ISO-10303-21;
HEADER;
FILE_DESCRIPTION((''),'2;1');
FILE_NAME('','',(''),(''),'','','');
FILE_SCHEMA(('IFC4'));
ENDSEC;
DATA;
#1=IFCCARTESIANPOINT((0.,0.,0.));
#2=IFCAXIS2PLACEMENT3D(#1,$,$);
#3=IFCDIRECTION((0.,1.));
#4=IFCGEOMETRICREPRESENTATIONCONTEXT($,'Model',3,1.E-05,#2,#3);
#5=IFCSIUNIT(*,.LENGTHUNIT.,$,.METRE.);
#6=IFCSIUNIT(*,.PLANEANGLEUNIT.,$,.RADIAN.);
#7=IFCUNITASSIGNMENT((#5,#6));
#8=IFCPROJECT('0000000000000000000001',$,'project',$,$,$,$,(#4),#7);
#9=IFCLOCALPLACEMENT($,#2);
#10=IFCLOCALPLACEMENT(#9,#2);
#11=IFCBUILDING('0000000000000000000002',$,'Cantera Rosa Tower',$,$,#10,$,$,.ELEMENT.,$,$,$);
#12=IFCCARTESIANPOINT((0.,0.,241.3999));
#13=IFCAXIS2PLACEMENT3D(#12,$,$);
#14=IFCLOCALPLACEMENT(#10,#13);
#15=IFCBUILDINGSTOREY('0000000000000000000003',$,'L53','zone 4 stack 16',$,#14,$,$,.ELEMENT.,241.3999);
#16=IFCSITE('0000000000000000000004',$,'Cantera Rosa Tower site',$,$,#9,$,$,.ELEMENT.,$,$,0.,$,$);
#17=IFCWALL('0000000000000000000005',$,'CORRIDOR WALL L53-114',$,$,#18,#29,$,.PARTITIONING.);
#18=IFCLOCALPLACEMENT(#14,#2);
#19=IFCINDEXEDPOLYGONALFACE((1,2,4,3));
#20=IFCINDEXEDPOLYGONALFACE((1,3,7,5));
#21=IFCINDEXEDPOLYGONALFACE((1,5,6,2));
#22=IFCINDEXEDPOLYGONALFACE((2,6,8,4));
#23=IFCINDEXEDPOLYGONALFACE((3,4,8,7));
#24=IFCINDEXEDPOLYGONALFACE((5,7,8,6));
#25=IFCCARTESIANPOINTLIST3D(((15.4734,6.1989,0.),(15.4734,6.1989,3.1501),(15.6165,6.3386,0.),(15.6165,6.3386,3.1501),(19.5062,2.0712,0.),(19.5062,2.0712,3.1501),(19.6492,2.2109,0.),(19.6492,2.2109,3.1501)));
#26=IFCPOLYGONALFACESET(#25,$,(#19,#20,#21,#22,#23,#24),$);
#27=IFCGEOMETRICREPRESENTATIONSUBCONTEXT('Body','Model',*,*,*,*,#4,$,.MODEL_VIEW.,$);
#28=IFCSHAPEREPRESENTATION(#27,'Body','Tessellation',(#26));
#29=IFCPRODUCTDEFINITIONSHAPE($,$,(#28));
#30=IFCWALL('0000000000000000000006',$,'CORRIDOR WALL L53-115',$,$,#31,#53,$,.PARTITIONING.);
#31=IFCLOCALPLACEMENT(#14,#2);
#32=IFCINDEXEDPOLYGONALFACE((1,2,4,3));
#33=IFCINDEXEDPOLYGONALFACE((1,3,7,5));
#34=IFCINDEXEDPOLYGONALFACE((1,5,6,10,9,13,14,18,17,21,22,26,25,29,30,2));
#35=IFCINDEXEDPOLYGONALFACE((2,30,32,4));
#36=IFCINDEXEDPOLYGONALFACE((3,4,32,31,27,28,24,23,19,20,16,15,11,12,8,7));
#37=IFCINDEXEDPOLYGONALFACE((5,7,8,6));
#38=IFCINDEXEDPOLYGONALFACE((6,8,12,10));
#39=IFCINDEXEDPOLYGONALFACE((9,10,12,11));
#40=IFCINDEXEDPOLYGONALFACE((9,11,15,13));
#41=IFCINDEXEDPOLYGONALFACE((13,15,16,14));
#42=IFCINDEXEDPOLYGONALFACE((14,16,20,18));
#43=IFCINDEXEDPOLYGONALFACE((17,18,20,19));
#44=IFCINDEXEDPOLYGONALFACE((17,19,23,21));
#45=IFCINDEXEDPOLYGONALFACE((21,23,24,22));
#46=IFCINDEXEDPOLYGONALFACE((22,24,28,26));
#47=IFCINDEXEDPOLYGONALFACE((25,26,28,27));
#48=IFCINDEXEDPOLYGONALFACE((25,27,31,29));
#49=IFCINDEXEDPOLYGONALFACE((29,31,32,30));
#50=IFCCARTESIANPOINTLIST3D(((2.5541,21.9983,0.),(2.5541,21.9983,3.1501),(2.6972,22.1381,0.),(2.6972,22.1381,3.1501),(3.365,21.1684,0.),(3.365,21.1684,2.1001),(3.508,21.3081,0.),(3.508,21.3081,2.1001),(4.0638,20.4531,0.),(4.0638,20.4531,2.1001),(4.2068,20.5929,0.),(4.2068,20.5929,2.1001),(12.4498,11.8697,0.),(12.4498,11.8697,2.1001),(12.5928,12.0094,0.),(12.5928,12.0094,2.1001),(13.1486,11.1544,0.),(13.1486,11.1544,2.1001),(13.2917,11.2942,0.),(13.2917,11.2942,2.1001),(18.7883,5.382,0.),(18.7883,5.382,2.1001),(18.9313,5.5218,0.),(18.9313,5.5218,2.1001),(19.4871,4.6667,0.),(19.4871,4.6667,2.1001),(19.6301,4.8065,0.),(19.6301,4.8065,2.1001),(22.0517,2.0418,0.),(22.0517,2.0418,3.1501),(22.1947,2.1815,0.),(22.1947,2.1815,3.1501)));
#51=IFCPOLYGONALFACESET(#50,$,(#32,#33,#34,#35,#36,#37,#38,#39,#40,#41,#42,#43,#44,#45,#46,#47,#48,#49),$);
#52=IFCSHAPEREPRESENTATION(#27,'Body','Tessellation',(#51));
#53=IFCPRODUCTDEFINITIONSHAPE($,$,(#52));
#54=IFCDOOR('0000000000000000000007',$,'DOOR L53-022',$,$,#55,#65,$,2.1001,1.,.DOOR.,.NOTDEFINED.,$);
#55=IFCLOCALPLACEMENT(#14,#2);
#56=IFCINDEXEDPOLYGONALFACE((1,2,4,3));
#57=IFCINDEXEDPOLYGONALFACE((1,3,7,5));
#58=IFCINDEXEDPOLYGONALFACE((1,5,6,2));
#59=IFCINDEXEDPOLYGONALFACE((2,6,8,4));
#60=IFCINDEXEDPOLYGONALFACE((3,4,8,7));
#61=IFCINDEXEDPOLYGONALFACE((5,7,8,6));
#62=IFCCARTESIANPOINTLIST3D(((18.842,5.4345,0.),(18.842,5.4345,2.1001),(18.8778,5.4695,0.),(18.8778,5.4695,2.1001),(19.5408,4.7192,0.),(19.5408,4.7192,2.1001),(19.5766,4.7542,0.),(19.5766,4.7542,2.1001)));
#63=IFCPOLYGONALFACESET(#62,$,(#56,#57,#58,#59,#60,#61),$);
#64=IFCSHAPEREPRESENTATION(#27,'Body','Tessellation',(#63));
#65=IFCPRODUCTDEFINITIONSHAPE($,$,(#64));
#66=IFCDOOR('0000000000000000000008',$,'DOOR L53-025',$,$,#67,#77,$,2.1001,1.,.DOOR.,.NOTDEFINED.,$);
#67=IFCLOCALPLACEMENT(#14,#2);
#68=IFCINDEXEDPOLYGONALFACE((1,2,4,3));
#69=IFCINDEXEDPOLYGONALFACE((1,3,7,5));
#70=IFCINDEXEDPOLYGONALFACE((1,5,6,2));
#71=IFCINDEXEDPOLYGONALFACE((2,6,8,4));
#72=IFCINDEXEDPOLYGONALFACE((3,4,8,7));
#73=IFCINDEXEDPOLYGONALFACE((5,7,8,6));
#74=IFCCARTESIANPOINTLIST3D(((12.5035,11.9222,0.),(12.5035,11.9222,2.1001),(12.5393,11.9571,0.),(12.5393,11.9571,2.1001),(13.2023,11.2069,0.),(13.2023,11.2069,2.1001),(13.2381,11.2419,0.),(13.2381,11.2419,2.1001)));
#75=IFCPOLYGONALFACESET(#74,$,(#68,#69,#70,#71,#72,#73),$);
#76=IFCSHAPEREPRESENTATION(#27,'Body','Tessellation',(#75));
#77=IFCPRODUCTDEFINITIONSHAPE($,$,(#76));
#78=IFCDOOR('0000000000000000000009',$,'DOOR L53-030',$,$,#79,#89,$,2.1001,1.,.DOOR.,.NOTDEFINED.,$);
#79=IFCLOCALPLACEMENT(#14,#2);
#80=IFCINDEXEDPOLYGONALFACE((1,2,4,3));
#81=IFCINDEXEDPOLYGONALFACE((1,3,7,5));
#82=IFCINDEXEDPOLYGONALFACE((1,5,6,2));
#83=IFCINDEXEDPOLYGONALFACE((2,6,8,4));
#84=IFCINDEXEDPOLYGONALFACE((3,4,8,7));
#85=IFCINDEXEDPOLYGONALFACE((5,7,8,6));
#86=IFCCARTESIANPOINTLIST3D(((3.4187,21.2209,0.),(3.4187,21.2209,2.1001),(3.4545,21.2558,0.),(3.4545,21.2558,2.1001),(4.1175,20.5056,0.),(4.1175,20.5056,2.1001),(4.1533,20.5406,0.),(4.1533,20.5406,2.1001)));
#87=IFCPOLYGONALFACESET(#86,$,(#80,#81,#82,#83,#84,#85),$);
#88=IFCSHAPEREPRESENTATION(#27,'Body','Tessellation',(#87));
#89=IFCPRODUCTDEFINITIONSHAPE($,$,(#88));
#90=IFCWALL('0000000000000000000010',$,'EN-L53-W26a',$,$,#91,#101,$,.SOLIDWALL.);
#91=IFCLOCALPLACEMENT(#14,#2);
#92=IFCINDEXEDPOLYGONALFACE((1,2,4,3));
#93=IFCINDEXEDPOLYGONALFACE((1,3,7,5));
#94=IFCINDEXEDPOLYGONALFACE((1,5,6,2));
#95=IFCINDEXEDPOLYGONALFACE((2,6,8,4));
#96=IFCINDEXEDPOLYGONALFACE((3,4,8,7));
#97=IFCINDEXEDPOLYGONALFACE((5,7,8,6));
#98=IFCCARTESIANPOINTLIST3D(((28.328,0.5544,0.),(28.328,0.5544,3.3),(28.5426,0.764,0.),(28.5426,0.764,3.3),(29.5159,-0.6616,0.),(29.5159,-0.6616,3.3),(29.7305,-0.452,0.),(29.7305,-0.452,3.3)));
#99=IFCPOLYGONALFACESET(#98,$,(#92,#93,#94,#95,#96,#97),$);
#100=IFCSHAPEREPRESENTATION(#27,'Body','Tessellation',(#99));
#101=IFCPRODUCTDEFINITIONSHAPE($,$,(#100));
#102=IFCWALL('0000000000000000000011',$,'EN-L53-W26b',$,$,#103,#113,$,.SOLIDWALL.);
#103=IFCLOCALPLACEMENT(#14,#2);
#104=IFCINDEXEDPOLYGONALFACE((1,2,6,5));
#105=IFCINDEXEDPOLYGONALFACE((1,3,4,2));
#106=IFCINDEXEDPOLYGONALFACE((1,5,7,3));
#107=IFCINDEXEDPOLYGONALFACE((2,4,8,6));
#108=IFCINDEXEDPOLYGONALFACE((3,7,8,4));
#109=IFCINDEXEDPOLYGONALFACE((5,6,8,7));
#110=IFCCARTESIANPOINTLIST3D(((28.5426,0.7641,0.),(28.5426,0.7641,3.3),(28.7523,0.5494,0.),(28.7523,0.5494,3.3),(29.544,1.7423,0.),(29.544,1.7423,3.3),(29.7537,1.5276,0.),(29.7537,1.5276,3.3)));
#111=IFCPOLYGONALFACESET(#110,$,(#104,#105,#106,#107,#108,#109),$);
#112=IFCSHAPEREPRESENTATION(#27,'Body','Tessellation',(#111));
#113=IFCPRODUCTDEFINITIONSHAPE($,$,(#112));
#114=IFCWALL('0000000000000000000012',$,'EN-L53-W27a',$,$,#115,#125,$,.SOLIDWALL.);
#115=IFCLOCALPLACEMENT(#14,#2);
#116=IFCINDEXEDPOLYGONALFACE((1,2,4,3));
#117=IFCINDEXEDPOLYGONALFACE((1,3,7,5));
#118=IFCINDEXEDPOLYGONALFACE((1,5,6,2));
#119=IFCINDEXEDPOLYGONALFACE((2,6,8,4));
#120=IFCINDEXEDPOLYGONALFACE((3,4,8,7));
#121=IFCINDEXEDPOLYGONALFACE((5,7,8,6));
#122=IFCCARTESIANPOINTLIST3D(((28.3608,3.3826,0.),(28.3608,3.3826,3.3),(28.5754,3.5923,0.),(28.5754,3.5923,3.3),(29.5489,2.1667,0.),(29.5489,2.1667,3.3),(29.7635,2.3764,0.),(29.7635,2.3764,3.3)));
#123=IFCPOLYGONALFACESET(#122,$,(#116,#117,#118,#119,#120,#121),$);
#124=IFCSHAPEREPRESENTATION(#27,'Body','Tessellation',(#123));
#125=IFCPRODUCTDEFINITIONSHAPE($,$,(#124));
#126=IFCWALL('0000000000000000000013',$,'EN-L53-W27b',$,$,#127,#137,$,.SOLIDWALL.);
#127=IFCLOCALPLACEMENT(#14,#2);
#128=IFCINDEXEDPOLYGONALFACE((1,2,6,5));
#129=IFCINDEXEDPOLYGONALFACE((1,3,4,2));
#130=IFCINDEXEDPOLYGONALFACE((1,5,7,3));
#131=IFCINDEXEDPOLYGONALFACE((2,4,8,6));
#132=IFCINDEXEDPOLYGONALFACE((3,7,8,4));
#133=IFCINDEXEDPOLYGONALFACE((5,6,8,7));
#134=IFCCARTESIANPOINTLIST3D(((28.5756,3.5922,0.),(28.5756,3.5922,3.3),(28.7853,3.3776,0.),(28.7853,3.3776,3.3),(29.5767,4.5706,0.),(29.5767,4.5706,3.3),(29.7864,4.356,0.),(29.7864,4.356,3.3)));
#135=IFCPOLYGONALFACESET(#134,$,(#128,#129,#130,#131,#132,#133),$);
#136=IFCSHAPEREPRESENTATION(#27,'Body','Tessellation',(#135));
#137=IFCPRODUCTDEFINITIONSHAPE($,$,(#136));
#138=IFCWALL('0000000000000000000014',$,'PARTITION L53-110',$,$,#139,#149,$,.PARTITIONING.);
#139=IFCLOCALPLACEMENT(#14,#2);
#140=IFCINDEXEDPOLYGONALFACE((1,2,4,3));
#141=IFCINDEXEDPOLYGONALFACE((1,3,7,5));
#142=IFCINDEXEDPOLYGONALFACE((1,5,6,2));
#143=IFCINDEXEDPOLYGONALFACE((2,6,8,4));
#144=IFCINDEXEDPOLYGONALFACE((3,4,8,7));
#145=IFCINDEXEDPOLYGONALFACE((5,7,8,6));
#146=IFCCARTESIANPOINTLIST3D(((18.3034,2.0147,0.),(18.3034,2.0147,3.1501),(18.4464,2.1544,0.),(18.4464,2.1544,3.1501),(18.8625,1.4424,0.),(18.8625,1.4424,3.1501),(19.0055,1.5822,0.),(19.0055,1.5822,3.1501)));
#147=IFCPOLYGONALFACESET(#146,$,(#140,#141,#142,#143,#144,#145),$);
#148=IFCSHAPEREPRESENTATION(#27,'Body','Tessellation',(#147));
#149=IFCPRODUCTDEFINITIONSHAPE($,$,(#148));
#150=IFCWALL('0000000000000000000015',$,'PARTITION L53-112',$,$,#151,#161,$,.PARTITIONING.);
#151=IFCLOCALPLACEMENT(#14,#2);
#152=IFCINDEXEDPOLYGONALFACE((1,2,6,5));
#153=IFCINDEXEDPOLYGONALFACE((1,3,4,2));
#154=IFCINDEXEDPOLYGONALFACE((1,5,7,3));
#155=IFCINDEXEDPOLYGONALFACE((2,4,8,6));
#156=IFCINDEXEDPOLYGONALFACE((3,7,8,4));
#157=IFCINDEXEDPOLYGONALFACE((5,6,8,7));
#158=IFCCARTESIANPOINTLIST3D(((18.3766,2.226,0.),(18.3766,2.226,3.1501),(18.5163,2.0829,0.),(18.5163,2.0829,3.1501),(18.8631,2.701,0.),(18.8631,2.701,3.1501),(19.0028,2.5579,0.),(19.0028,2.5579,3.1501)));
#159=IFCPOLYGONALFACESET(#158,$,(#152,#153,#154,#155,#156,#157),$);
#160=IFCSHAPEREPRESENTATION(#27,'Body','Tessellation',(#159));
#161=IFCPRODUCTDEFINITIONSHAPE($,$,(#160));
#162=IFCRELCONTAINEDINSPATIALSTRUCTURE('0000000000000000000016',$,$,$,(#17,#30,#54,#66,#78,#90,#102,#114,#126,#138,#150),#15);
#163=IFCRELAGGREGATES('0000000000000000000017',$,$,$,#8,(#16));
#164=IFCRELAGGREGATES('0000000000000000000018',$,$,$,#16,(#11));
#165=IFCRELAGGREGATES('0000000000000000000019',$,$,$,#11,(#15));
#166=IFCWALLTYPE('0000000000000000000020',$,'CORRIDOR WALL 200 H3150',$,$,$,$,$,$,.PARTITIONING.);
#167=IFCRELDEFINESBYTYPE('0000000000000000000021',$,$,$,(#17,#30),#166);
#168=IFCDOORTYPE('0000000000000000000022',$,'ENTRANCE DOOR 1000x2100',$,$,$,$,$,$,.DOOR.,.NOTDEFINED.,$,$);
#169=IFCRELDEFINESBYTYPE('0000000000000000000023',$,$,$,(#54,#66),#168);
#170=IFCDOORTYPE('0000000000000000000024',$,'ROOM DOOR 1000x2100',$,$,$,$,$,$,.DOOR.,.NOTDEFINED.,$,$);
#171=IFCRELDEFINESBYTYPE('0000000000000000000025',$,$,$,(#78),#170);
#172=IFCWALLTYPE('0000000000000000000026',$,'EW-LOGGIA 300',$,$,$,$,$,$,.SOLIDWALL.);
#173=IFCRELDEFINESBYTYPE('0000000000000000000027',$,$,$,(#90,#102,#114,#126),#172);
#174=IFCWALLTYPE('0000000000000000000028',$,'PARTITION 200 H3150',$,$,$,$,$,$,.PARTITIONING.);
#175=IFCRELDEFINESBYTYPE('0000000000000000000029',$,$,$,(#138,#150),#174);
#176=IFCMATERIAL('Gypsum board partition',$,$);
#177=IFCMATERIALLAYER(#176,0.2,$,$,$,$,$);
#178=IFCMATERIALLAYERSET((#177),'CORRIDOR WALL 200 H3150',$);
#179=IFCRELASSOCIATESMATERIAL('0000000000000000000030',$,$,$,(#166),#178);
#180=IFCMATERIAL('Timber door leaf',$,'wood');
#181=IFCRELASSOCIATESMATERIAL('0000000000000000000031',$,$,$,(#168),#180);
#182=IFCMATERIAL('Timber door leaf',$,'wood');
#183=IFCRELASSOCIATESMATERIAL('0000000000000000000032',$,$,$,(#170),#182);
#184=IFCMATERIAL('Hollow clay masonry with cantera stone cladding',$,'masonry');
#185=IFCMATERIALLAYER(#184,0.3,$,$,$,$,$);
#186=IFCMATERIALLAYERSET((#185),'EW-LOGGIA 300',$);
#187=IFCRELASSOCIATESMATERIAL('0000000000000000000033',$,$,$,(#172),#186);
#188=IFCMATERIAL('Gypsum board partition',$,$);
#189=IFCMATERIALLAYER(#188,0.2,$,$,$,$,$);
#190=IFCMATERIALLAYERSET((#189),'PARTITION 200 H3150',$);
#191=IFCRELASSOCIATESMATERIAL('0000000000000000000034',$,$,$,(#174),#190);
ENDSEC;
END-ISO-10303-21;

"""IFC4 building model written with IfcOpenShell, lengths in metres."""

from ifc_helpers import new_model, si_unit, direction, frame, frame_2d, origin, place, context, subcontext, project, spatial, rectangle, extrude, material, layer, layer_set, type_object, element, fill, save


model = new_model("IFC4")

# Units and contexts
model_context = context("Model", 3, precision=1e-05, world=origin(), true_north=direction((0.0, 1.0)))
body_context = subcontext(model_context, "Body", "Model", "MODEL_VIEW")
ifc_project = project(units=[si_unit("LENGTHUNIT", "METRE"), si_unit("PLANEANGLEUNIT", "RADIAN")], contexts=[model_context])

# Site, building, storey
site_placement = place(None, origin())
site = spatial("IfcSite", under=ifc_project, at=site_placement, Name="Cantera Rosa Tower site", CompositionType="ELEMENT", RefElevation=0.0)
building_placement = place(site_placement, origin())
building = spatial("IfcBuilding", under=site, at=building_placement, Name="Cantera Rosa Tower", CompositionType="ELEMENT")
storey_placement = place(building_placement, frame((0.0, 0.0, 241.3999)))
storey = spatial("IfcBuildingStorey", under=building, at=storey_placement, Name="L53", Description="zone 4 stack 16", CompositionType="ELEMENT", Elevation=241.3999)

# Wall
ifc_material_1 = material(Name="Gypsum board partition")
ifc_layer_1 = layer(ifc_material_1, 0.2)
ifc_layer_set_1 = layer_set([ifc_layer_1], Name="CORRIDOR WALL 200 H3150")
wall_type_1 = type_object("IfcWallType", Name="CORRIDOR WALL 200 H3150", PredefinedType="PARTITIONING", material=ifc_layer_set_1)
wall_1_placement = place(storey_placement, frame((19.5776, 2.1411, 0.0), z_axis=(0.0, 0.0, 1.0), x_axis=(-0.69883, 0.715288, 0.0)))
element("IfcWall", 1, at=wall_1_placement, inside=storey, type_object=wall_type_1, Name="CORRIDOR WALL L53-114", PredefinedType="PARTITIONING", context=body_context, shape_type="SweptSolid", body=[
    extrude(rectangle(XDim=5.7708, YDim=0.2, at=frame_2d((2.8853, 0.0))), origin(), (0.0, 0.0, 1.0), 3.1501),
])

# Wall, openings, doors
wall_2_placement = place(storey_placement, frame((22.1233, 2.1116, 0.0), z_axis=(0.0, 0.0, 1.0), x_axis=(-0.698833, 0.715284, 0.0)))
wall_2 = element("IfcWall", 2, at=wall_2_placement, inside=storey, type_object=wall_type_1, Name="CORRIDOR WALL L53-115", PredefinedType="PARTITIONING", context=body_context, shape_type="SweptSolid", body=[
    extrude(rectangle(XDim=27.9001, YDim=0.2, at=frame_2d((13.9502, 0.0))), origin(), (0.0, 0.0, 1.0), 3.1501),
])
opening_1_placement = place(wall_2_placement, frame((3.6699, 0.0, 0.0)))
opening_1 = element("IfcOpeningElement", 3, at=opening_1_placement, cuts=wall_2, PredefinedType="OPENING", context=body_context, shape_type="SweptSolid", body=[
    extrude(rectangle(XDim=1.0, YDim=2.1001, at=frame_2d((0.5, 1.05))), frame((0.0, 0.1099, 0.0), z_axis=(0.0, -1.0, 0.0), x_axis=(1.0, 0.0, 0.0)), (0.0, 0.0, 1.0), 0.22),
])
opening_2_placement = place(wall_2_placement, frame((12.74, 0.0, 0.0)))
opening_2 = element("IfcOpeningElement", 4, at=opening_2_placement, cuts=wall_2, PredefinedType="OPENING", context=body_context, shape_type="SweptSolid", body=[
    extrude(rectangle(XDim=1.0, YDim=2.1001, at=frame_2d((0.5, 1.05))), frame((0.0, 0.1099, 0.0), z_axis=(0.0, -1.0, 0.0), x_axis=(1.0, 0.0, 0.0)), (0.0, 0.0, 1.0), 0.22),
])
opening_3_placement = place(wall_2_placement, frame((25.74, 0.0, 0.0)))
opening_3 = element("IfcOpeningElement", 5, at=opening_3_placement, cuts=wall_2, PredefinedType="OPENING", context=body_context, shape_type="SweptSolid", body=[
    extrude(rectangle(XDim=1.0, YDim=2.1001, at=frame_2d((0.5, 1.05))), frame((0.0, 0.1099, 0.0), z_axis=(0.0, -1.0, 0.0), x_axis=(1.0, 0.0, 0.0)), (0.0, 0.0, 1.0), 0.22),
])
ifc_material_2 = material(Name="Timber door leaf", Category="wood")
door_type_1 = type_object("IfcDoorType", Name="ENTRANCE DOOR 1000x2100", OperationType="NOTDEFINED", PredefinedType="DOOR", material=ifc_material_2)
door_1_placement = place(opening_1_placement, origin())
door_1 = element("IfcDoor", 6, at=door_1_placement, inside=storey, type_object=door_type_1, Name="DOOR L53-022", OperationType="NOTDEFINED", OverallHeight=2.1001, OverallWidth=1.0, PredefinedType="DOOR", context=body_context, shape_type="SweptSolid", body=[
    extrude(rectangle(XDim=1.0, YDim=2.1001, at=frame_2d((0.5, 1.05))), frame((0.0, 0.0249, 0.0), z_axis=(0.0, -1.0, 0.0), x_axis=(1.0, 0.0, 0.0)), (0.0, 0.0, 1.0), 0.05),
])
fill(opening_1, door_1)
door_2_placement = place(opening_2_placement, origin())
door_2 = element("IfcDoor", 7, at=door_2_placement, inside=storey, type_object=door_type_1, Name="DOOR L53-025", OperationType="NOTDEFINED", OverallHeight=2.1001, OverallWidth=1.0, PredefinedType="DOOR", context=body_context, shape_type="SweptSolid", body=[
    extrude(rectangle(XDim=1.0, YDim=2.1001, at=frame_2d((0.5, 1.05))), frame((0.0, 0.0249, 0.0), z_axis=(0.0, -1.0, 0.0), x_axis=(1.0, 0.0, 0.0)), (0.0, 0.0, 1.0), 0.05),
])
fill(opening_2, door_2)
ifc_material_3 = material(Name="Timber door leaf", Category="wood")
door_type_2 = type_object("IfcDoorType", Name="ROOM DOOR 1000x2100", OperationType="NOTDEFINED", PredefinedType="DOOR", material=ifc_material_3)
door_3_placement = place(opening_3_placement, origin())
door_3 = element("IfcDoor", 8, at=door_3_placement, inside=storey, type_object=door_type_2, Name="DOOR L53-030", OperationType="NOTDEFINED", OverallHeight=2.1001, OverallWidth=1.0, PredefinedType="DOOR", context=body_context, shape_type="SweptSolid", body=[
    extrude(rectangle(XDim=1.0, YDim=2.1001, at=frame_2d((0.5, 1.05))), frame((0.0, 0.0249, 0.0), z_axis=(0.0, -1.0, 0.0), x_axis=(1.0, 0.0, 0.0)), (0.0, 0.0, 1.0), 0.05),
])
fill(opening_3, door_3)

# Walls
ifc_material_4 = material(Name="Hollow clay masonry with cantera stone cladding", Category="masonry")
ifc_layer_2 = layer(ifc_material_4, 0.3)
ifc_layer_set_2 = layer_set([ifc_layer_2], Name="EW-LOGGIA 300")
wall_type_2 = type_object("IfcWallType", Name="EW-LOGGIA 300", PredefinedType="SOLIDWALL", material=ifc_layer_set_2)
wall_3_placement = place(storey_placement, frame((29.6233, -0.5569, 0.0), z_axis=(0.0, 0.0, 1.0), x_axis=(-0.698801, 0.715316, 0.0)))
element("IfcWall", 9, at=wall_3_placement, inside=storey, type_object=wall_type_2, Name="EN-L53-W26a", PredefinedType="SOLIDWALL", context=body_context, shape_type="SweptSolid", body=[
    extrude(rectangle(XDim=1.7, YDim=0.3, at=frame_2d((0.8501, 0.0))), origin(), (0.0, 0.0, 1.0), 3.3),
])
wall_4_placement = place(storey_placement, frame((28.6475, 0.6567, 0.0), z_axis=(0.0, 0.0, 1.0), x_axis=(0.715342, 0.698775, 0.0)))
element("IfcWall", 10, at=wall_4_placement, inside=storey, type_object=wall_type_2, Name="EN-L53-W26b", PredefinedType="SOLIDWALL", context=body_context, shape_type="SweptSolid", body=[
    extrude(rectangle(XDim=1.3999, YDim=0.3, at=frame_2d((0.7, 0.0))), origin(), (0.0, 0.0, 1.0), 3.3),
])
wall_5_placement = place(storey_placement, frame((29.6562, 2.2715, 0.0), z_axis=(0.0, 0.0, 1.0), x_axis=(-0.698873, 0.715246, 0.0)))
element("IfcWall", 11, at=wall_5_placement, inside=storey, type_object=wall_type_2, Name="EN-L53-W27a", PredefinedType="SOLIDWALL", context=body_context, shape_type="SweptSolid", body=[
    extrude(rectangle(XDim=1.7, YDim=0.3, at=frame_2d((0.8501, 0.0))), origin(), (0.0, 0.0, 1.0), 3.3),
])
wall_6_placement = place(storey_placement, frame((28.6804, 3.4849, 0.0), z_axis=(0.0, 0.0, 1.0), x_axis=(0.715169, 0.698951, 0.0)))
element("IfcWall", 12, at=wall_6_placement, inside=storey, type_object=wall_type_2, Name="EN-L53-W27b", PredefinedType="SOLIDWALL", context=body_context, shape_type="SweptSolid", body=[
    extrude(rectangle(XDim=1.3999, YDim=0.3, at=frame_2d((0.7, 0.0))), origin(), (0.0, 0.0, 1.0), 3.3),
])

# Walls
ifc_material_5 = material(Name="Gypsum board partition")
ifc_layer_3 = layer(ifc_material_5, 0.2)
ifc_layer_set_3 = layer_set([ifc_layer_3], Name="PARTITION 200 H3150")
wall_type_3 = type_object("IfcWallType", Name="PARTITION 200 H3150", PredefinedType="PARTITIONING", material=ifc_layer_set_3)
wall_7_placement = place(storey_placement, frame((18.375, 2.0845, 0.0), z_axis=(0.0, 0.0, 1.0), x_axis=(0.698819, -0.715298, 0.0)))
element("IfcWall", 13, at=wall_7_placement, inside=storey, type_object=wall_type_3, Name="PARTITION L53-110", PredefinedType="PARTITIONING", context=body_context, shape_type="SweptSolid", body=[
    extrude(rectangle(XDim=0.8, YDim=0.2, at=frame_2d((0.3999, 0.0))), origin(), (0.0, 0.0, 1.0), 3.1501),
])
wall_8_placement = place(storey_placement, frame((18.9329, 2.6294, 0.0), z_axis=(0.0, 0.0, 1.0), x_axis=(-0.715493, -0.69862, 0.0)))
element("IfcWall", 14, at=wall_8_placement, inside=storey, type_object=wall_type_3, Name="PARTITION L53-112", PredefinedType="PARTITIONING", context=body_context, shape_type="SweptSolid", body=[
    extrude(rectangle(XDim=0.6799, YDim=0.2, at=frame_2d((0.3398, 0.0))), origin(), (0.0, 0.0, 1.0), 3.1501),
])

save(model, "model.ifc")
